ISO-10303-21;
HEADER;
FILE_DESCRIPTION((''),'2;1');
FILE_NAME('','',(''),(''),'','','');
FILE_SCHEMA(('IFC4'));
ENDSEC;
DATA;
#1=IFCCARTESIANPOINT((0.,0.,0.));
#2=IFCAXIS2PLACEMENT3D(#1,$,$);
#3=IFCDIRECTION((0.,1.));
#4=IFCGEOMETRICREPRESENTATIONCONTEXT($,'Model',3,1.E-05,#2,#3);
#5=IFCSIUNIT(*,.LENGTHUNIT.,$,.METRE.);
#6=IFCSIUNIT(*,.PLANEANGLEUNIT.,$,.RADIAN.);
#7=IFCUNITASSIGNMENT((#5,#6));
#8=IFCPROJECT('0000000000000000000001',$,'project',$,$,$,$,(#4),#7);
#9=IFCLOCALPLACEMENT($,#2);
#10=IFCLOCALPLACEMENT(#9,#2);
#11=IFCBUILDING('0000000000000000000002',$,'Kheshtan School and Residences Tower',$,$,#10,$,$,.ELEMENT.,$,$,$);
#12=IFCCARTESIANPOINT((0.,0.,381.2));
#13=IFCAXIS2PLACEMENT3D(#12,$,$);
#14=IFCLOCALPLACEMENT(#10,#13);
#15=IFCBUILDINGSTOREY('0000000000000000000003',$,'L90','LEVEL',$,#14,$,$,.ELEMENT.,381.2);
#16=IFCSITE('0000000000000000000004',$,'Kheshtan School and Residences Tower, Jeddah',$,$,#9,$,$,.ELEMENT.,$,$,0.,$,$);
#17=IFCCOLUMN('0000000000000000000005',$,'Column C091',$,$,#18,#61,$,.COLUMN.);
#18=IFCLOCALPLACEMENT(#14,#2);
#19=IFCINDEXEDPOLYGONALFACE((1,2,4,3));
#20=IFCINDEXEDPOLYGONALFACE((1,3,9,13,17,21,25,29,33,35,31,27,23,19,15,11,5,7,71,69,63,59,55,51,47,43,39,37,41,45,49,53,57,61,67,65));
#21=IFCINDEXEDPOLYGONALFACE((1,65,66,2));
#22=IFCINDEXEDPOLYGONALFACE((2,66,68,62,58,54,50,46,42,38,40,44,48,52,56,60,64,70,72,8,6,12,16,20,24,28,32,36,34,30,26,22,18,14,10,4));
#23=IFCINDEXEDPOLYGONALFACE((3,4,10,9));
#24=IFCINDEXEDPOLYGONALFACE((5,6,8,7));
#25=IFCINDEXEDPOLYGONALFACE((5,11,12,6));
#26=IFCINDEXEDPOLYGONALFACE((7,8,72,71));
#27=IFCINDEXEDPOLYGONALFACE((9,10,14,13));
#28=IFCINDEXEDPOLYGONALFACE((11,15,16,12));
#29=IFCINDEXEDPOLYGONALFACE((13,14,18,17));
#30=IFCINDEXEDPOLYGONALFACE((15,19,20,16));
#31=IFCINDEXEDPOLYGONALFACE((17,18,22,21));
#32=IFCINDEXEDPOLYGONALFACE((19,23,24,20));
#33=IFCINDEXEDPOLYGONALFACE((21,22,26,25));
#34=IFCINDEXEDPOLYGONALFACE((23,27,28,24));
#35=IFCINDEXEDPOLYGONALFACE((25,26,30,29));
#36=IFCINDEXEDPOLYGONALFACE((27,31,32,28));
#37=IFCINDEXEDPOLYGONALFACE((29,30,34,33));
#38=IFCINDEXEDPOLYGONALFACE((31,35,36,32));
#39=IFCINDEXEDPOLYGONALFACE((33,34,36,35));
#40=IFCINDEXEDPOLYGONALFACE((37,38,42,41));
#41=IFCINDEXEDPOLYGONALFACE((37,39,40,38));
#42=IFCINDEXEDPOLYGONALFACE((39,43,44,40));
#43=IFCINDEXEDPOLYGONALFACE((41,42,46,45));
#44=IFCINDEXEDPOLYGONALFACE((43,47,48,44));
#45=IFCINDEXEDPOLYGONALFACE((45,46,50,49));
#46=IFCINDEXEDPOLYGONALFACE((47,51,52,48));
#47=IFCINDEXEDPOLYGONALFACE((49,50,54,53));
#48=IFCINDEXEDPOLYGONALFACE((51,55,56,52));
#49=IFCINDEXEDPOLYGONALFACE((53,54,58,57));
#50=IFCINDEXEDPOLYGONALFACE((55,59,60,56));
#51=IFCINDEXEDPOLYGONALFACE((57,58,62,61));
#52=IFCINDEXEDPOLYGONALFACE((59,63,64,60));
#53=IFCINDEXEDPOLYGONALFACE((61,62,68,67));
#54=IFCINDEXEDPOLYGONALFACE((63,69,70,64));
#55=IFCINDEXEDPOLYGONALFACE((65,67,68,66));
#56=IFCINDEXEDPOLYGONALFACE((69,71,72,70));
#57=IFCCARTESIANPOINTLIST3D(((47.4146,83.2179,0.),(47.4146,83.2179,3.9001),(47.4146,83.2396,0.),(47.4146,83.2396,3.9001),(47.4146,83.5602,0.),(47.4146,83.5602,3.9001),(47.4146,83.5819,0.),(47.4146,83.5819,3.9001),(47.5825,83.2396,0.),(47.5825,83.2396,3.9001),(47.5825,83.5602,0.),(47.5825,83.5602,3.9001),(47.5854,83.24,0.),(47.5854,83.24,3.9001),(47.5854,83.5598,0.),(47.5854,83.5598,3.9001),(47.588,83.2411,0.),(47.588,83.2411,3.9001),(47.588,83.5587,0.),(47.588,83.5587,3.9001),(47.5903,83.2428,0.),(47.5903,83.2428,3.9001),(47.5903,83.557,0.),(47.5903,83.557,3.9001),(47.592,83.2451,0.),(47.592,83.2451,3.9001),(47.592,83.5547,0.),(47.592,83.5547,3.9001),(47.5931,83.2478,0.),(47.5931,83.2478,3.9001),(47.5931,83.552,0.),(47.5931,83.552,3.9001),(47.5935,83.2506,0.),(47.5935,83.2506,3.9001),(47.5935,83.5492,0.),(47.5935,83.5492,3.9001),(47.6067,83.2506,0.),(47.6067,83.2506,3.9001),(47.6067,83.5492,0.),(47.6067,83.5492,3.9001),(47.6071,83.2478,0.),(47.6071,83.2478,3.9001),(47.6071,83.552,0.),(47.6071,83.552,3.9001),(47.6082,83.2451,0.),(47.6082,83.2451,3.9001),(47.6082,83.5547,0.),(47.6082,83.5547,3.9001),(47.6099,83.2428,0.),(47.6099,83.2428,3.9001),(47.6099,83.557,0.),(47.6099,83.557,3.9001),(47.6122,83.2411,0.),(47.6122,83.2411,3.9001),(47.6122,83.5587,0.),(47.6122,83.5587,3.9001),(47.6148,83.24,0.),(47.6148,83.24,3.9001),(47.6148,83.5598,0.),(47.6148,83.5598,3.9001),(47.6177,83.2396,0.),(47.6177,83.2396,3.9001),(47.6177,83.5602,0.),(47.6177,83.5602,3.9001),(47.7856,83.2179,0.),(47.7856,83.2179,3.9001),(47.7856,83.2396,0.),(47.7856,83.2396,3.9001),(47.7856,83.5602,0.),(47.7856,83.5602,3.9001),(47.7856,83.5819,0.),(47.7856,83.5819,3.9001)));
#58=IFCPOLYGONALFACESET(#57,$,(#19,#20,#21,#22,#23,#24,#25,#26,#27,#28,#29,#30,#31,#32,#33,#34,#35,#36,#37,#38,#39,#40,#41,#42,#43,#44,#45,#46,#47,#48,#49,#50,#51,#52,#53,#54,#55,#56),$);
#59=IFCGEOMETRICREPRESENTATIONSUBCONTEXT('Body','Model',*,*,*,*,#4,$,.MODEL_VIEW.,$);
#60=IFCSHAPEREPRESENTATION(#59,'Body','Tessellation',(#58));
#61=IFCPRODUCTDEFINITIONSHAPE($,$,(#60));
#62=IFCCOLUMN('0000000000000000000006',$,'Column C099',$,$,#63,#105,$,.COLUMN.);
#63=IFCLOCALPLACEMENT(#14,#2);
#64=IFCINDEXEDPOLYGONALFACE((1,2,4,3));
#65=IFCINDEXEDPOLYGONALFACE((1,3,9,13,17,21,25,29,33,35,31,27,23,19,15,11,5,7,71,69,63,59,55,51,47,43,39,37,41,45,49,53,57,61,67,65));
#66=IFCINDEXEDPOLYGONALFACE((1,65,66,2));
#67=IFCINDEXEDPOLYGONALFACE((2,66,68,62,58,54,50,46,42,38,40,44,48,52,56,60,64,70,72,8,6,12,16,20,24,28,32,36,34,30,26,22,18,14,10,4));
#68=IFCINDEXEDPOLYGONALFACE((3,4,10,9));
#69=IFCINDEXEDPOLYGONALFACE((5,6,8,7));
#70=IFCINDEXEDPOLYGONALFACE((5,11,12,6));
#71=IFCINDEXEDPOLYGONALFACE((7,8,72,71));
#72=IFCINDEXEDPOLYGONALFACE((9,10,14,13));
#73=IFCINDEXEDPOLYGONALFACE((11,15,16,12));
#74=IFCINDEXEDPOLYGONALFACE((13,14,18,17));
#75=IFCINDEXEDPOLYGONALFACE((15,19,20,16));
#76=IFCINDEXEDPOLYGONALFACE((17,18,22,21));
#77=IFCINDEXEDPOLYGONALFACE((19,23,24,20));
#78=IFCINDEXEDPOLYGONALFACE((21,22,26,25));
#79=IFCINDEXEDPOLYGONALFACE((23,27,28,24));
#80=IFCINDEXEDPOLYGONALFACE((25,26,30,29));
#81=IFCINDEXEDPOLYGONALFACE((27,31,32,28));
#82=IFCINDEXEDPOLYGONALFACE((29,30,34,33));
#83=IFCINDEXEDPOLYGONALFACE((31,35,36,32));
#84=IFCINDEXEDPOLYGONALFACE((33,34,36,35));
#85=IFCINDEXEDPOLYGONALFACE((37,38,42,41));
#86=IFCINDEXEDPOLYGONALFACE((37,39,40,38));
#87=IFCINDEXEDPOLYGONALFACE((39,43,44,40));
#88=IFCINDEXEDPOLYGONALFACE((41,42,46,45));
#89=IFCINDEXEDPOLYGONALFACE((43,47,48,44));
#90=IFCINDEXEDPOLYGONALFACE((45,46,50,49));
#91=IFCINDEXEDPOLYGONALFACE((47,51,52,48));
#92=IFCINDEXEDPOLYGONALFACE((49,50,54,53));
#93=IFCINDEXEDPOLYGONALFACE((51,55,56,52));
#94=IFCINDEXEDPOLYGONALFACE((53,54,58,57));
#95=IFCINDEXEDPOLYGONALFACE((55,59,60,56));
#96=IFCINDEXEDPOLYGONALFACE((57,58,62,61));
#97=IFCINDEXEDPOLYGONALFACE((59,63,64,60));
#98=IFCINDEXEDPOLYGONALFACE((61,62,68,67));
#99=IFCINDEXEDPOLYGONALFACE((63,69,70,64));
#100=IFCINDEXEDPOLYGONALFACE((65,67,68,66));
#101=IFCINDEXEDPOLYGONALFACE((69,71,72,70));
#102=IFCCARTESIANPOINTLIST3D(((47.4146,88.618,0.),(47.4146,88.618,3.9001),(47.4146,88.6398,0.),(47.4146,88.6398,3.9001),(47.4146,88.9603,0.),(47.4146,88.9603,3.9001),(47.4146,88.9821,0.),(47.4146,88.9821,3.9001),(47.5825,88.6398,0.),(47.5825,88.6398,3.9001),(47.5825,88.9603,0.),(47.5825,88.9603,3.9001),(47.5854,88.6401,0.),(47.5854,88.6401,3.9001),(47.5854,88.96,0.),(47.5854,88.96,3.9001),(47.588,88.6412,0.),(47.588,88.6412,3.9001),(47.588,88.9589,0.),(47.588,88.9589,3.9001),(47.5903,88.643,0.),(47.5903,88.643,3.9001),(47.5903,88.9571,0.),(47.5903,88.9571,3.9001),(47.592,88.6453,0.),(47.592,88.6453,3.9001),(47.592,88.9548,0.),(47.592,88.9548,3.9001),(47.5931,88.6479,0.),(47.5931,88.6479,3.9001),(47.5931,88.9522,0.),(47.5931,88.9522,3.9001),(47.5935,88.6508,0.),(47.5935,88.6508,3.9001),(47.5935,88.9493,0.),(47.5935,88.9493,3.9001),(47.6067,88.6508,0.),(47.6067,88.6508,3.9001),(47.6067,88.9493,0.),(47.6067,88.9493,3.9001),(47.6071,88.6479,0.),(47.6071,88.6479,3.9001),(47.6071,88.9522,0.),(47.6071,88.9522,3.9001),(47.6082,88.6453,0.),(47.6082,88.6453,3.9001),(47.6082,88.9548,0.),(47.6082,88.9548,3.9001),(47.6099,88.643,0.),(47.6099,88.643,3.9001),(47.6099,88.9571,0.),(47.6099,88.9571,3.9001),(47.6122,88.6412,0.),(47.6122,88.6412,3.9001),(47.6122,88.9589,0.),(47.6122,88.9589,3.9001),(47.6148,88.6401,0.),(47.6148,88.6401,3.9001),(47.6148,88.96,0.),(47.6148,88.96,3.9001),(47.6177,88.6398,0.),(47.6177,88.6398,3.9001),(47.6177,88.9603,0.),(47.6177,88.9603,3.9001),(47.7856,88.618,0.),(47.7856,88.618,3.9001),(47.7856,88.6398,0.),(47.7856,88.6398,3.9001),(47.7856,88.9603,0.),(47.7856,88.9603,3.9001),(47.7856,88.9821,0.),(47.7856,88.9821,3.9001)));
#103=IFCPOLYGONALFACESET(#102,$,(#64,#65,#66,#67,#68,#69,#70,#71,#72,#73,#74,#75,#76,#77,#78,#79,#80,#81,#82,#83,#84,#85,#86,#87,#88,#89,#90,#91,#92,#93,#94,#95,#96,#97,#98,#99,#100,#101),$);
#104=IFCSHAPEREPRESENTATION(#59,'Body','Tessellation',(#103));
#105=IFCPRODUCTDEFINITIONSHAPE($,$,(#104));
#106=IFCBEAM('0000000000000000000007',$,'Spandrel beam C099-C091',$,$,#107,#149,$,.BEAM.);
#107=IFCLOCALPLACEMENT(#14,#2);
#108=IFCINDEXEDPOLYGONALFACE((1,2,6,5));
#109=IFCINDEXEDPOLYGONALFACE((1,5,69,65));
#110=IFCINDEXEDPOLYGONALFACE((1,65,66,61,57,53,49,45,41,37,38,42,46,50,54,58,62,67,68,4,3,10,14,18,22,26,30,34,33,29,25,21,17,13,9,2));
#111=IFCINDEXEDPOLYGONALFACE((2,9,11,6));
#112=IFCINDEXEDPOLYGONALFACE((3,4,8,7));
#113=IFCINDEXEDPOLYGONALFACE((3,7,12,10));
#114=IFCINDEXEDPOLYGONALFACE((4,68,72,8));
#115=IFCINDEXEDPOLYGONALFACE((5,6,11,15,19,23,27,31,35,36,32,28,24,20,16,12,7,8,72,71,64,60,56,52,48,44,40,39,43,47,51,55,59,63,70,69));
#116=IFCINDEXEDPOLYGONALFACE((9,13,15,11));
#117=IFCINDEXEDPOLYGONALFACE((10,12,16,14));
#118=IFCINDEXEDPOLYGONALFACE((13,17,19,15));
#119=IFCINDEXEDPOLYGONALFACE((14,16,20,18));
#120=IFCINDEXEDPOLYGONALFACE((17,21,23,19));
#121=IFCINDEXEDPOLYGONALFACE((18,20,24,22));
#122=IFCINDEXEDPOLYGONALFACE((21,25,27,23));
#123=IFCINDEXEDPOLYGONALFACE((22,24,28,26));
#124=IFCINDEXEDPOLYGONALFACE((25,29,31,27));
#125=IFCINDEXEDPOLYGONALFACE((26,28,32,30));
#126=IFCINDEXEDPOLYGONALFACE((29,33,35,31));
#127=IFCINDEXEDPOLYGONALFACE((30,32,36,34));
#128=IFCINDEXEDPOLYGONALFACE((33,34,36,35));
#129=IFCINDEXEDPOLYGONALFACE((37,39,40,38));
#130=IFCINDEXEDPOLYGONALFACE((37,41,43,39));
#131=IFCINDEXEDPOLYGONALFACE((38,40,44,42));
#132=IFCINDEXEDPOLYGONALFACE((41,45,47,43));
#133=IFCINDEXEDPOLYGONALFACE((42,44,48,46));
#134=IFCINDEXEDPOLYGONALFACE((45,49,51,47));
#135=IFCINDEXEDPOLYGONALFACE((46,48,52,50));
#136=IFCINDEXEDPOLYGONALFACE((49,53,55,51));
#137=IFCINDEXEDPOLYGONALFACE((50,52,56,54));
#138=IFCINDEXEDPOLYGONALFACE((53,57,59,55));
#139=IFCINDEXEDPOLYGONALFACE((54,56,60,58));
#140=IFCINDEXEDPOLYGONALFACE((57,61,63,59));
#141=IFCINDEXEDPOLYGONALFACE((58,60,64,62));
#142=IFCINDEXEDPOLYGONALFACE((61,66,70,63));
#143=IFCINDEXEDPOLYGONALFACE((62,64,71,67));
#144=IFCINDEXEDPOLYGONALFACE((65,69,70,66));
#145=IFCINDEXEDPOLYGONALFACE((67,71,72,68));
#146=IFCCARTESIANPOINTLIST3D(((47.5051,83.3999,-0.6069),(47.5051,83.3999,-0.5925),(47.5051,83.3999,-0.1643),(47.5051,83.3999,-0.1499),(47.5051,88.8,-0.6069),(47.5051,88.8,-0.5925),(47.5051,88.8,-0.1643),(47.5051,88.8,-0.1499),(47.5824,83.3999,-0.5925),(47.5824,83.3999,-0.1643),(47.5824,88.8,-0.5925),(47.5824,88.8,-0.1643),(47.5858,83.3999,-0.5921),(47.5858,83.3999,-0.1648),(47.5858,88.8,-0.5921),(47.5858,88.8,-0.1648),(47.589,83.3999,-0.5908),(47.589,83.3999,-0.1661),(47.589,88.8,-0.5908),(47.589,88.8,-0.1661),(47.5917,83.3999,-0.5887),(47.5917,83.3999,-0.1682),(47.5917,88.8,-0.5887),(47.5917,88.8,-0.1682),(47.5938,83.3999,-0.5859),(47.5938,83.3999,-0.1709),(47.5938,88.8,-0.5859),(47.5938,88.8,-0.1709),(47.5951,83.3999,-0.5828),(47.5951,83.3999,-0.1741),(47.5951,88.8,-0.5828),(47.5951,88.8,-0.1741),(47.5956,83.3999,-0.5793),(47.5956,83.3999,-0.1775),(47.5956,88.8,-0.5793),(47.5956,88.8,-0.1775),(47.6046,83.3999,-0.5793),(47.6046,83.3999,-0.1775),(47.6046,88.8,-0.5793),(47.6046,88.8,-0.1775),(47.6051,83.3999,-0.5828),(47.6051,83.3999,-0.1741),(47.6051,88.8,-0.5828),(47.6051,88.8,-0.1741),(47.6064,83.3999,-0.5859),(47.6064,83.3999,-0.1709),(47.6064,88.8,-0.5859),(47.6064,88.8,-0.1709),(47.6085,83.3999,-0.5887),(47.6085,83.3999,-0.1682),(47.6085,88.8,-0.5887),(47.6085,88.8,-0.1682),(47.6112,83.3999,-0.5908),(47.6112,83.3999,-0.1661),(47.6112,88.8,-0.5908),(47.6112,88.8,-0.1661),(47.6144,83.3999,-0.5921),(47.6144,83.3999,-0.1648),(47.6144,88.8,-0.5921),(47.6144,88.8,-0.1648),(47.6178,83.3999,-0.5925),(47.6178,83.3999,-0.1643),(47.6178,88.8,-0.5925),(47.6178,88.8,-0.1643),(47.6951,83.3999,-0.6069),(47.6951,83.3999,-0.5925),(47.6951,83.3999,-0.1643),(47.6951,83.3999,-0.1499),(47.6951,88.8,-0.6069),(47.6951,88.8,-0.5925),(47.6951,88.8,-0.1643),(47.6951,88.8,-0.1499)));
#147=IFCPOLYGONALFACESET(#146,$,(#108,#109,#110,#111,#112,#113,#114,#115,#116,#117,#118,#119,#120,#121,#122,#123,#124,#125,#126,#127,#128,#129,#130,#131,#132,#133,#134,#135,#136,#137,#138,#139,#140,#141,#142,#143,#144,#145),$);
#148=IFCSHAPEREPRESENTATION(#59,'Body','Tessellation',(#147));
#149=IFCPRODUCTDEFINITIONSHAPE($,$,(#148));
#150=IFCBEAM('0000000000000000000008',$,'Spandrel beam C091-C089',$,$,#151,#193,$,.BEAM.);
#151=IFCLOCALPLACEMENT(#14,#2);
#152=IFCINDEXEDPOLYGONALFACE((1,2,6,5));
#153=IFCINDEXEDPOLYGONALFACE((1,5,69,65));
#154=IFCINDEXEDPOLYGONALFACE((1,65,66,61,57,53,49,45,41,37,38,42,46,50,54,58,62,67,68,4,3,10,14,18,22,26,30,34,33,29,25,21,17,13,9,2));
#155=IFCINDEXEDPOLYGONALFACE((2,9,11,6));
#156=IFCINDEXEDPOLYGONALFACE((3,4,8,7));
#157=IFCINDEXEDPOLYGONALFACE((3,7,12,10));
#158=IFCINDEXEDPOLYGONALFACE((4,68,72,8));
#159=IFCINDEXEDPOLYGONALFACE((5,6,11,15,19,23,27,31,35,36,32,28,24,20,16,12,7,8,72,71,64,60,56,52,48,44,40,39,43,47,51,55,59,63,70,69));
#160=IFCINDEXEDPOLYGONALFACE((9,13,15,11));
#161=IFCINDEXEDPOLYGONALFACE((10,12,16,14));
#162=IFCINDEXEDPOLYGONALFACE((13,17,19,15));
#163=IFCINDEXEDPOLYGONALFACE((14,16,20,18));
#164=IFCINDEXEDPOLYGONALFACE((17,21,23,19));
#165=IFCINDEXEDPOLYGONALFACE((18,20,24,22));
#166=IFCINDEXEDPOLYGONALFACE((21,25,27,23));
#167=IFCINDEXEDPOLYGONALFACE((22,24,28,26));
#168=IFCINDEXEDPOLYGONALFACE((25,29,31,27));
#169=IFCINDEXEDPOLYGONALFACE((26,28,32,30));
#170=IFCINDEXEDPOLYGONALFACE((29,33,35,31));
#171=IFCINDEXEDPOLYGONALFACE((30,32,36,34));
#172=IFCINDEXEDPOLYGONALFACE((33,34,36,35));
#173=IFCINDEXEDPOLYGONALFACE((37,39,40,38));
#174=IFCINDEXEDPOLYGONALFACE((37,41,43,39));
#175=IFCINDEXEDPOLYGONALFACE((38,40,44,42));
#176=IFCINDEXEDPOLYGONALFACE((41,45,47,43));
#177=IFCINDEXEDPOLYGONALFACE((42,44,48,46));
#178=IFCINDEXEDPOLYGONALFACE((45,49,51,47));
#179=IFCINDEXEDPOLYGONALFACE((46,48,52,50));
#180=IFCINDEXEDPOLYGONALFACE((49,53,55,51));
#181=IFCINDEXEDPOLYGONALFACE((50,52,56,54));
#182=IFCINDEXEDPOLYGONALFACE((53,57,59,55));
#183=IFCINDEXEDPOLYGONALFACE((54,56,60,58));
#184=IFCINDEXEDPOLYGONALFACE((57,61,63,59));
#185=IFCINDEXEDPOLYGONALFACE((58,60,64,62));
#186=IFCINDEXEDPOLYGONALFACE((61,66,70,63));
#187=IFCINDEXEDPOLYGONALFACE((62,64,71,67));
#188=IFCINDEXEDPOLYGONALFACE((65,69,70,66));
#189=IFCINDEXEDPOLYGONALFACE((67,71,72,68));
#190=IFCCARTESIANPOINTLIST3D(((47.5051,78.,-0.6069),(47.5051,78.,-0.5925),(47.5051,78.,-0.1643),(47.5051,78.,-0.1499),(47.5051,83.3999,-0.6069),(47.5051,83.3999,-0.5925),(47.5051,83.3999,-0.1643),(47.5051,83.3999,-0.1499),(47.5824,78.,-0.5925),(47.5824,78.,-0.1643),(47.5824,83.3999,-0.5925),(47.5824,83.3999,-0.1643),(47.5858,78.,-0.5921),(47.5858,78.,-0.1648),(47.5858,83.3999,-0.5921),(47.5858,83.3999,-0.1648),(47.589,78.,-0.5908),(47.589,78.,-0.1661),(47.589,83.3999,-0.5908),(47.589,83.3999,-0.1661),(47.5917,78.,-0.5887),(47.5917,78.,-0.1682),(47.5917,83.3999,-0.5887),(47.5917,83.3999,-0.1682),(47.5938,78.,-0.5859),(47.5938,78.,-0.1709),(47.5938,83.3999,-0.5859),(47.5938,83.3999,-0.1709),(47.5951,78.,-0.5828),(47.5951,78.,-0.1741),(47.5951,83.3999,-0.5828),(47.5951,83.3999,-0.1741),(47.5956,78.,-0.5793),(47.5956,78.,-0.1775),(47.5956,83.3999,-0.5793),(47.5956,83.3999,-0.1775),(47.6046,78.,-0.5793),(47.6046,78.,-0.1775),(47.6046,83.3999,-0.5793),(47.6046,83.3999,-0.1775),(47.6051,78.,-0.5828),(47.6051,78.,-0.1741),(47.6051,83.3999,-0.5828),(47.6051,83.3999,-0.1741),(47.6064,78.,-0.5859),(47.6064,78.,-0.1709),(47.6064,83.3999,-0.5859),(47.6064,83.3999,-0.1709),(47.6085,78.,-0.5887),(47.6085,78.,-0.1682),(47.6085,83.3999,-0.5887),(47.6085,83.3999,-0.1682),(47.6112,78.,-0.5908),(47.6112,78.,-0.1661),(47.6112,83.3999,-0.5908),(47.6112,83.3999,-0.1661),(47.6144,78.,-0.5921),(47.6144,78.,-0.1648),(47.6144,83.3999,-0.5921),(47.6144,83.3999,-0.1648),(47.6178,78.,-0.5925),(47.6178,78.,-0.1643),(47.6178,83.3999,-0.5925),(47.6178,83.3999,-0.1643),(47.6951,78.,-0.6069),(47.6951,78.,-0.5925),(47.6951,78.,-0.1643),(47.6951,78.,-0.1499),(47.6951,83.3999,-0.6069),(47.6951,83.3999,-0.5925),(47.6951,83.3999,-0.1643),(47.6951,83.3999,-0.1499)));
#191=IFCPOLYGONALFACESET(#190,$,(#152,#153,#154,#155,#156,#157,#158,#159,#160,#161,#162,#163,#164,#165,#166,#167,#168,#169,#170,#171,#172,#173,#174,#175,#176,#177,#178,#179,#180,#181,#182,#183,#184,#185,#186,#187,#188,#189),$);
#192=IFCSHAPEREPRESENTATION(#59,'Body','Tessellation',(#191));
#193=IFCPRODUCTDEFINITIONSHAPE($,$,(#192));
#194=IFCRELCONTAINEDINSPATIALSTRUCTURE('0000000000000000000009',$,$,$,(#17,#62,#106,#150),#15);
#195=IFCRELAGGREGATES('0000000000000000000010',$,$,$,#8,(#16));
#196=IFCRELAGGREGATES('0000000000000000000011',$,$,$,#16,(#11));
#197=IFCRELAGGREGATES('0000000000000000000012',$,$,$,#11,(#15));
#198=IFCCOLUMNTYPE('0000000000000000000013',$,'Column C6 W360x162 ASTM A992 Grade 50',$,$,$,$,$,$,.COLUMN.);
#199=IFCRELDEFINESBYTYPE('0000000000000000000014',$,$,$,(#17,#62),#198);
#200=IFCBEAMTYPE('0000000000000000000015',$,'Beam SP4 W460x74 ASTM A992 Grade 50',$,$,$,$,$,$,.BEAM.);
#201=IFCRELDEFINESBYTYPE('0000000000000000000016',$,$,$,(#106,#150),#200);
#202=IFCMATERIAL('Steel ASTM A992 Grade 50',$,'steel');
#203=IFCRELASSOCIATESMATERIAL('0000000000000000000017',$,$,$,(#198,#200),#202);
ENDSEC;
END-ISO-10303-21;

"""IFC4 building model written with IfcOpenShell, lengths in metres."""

from ifc_helpers import new_model, si_unit, direction, frame, origin, origin_2d, place, context, subcontext, project, spatial, i_section, extrude, material, material_profile, profile_set, type_object, element, save


model = new_model("IFC4")

# Units and contexts
model_context = context("Model", 3, precision=1e-05, world=origin(), true_north=direction((0.0, 1.0)))
body_context = subcontext(model_context, "Body", "Model", "MODEL_VIEW")
ifc_project = project(units=[si_unit("LENGTHUNIT", "METRE"), si_unit("PLANEANGLEUNIT", "RADIAN")], contexts=[model_context])

# Site, building, storey
site_placement = place(None, origin())
site = spatial("IfcSite", under=ifc_project, at=site_placement, Name="Kheshtan School and Residences Tower, Jeddah", CompositionType="ELEMENT", RefElevation=0.0)
building_placement = place(site_placement, origin())
building = spatial("IfcBuilding", under=site, at=building_placement, Name="Kheshtan School and Residences Tower", CompositionType="ELEMENT")
storey_placement = place(building_placement, frame((0.0, 0.0, 381.2)))
storey = spatial("IfcBuildingStorey", under=building, at=storey_placement, Name="L90", Description="LEVEL", CompositionType="ELEMENT", Elevation=381.2)

# Columns
ifc_material_1 = material(Name="Steel ASTM A992 Grade 50", Category="steel")
ifc_material_profile_1 = material_profile(ifc_material_1, i_section(OverallWidth=0.3711, OverallDepth=0.364, WebThickness=0.0132, FlangeThickness=0.0217, FilletRadius=0.011, at=origin_2d()), Name="W360x162")
ifc_profile_set_1 = profile_set([ifc_material_profile_1], Name="Steel ASTM A992 Grade 50")
column_type = type_object("IfcColumnType", Name="Column C6 W360x162 ASTM A992 Grade 50", PredefinedType="COLUMN", material=ifc_profile_set_1)
for number, where, z_axis, x_axis, name in (
    (1, (47.6001, 83.3999, 0.0), (0.0, 0.0, 1.0), (1.0, 0.0, 0.0), "Column C091"),
    (2, (47.6001, 88.8, 0.0), (0.0, 0.0, 1.0), (1.0, 0.0, 0.0), "Column C099"),
):
    element("IfcColumn", number, at=place(storey_placement, frame(where, z_axis=z_axis, x_axis=x_axis)), inside=storey, type_object=column_type, Name=name, PredefinedType="COLUMN", context=body_context, shape_type="SweptSolid", body=[
        extrude(i_section(OverallWidth=0.3711, OverallDepth=0.364, WebThickness=0.0132, FlangeThickness=0.0217, FilletRadius=0.011, at=origin_2d()), origin(), (0.0, 0.0, 1.0), 3.9001),
    ])

# Beams
ifc_material_profile_2 = material_profile(ifc_material_1, i_section(OverallWidth=0.1899, OverallDepth=0.457, WebThickness=0.009, FlangeThickness=0.0144, FilletRadius=0.0132, at=origin_2d()), Name="W460x74")
ifc_profile_set_2 = profile_set([ifc_material_profile_2], Name="Steel ASTM A992 Grade 50")
beam_type = type_object("IfcBeamType", Name="Beam SP4 W460x74 ASTM A992 Grade 50", PredefinedType="BEAM", material=ifc_profile_set_2)
beam_1_placement = place(storey_placement, frame((47.6001, 88.8, -0.3784), z_axis=(0.0, -1.0, 0.0), x_axis=(1.0, 0.0, 0.0)))
element("IfcBeam", 3, at=beam_1_placement, inside=storey, type_object=beam_type, Name="Spandrel beam C099-C091", PredefinedType="BEAM", context=body_context, shape_type="SweptSolid", body=[
    extrude(i_section(OverallWidth=0.1899, OverallDepth=0.457, WebThickness=0.009, FlangeThickness=0.0144, FilletRadius=0.0132, at=origin_2d()), origin(), (0.0, 0.0, 1.0), 5.4001),
])
beam_2_placement = place(storey_placement, frame((47.6001, 83.3999, -0.3784), z_axis=(0.0, -1.0, 0.0), x_axis=(1.0, 0.0, 0.0)))
element("IfcBeam", 4, at=beam_2_placement, inside=storey, type_object=beam_type, Name="Spandrel beam C091-C089", PredefinedType="BEAM", context=body_context, shape_type="SweptSolid", body=[
    extrude(i_section(OverallWidth=0.1899, OverallDepth=0.457, WebThickness=0.009, FlangeThickness=0.0144, FilletRadius=0.0132, at=origin_2d()), origin(), (0.0, 0.0, 1.0), 5.3999),
])

save(model, "model.ifc")
